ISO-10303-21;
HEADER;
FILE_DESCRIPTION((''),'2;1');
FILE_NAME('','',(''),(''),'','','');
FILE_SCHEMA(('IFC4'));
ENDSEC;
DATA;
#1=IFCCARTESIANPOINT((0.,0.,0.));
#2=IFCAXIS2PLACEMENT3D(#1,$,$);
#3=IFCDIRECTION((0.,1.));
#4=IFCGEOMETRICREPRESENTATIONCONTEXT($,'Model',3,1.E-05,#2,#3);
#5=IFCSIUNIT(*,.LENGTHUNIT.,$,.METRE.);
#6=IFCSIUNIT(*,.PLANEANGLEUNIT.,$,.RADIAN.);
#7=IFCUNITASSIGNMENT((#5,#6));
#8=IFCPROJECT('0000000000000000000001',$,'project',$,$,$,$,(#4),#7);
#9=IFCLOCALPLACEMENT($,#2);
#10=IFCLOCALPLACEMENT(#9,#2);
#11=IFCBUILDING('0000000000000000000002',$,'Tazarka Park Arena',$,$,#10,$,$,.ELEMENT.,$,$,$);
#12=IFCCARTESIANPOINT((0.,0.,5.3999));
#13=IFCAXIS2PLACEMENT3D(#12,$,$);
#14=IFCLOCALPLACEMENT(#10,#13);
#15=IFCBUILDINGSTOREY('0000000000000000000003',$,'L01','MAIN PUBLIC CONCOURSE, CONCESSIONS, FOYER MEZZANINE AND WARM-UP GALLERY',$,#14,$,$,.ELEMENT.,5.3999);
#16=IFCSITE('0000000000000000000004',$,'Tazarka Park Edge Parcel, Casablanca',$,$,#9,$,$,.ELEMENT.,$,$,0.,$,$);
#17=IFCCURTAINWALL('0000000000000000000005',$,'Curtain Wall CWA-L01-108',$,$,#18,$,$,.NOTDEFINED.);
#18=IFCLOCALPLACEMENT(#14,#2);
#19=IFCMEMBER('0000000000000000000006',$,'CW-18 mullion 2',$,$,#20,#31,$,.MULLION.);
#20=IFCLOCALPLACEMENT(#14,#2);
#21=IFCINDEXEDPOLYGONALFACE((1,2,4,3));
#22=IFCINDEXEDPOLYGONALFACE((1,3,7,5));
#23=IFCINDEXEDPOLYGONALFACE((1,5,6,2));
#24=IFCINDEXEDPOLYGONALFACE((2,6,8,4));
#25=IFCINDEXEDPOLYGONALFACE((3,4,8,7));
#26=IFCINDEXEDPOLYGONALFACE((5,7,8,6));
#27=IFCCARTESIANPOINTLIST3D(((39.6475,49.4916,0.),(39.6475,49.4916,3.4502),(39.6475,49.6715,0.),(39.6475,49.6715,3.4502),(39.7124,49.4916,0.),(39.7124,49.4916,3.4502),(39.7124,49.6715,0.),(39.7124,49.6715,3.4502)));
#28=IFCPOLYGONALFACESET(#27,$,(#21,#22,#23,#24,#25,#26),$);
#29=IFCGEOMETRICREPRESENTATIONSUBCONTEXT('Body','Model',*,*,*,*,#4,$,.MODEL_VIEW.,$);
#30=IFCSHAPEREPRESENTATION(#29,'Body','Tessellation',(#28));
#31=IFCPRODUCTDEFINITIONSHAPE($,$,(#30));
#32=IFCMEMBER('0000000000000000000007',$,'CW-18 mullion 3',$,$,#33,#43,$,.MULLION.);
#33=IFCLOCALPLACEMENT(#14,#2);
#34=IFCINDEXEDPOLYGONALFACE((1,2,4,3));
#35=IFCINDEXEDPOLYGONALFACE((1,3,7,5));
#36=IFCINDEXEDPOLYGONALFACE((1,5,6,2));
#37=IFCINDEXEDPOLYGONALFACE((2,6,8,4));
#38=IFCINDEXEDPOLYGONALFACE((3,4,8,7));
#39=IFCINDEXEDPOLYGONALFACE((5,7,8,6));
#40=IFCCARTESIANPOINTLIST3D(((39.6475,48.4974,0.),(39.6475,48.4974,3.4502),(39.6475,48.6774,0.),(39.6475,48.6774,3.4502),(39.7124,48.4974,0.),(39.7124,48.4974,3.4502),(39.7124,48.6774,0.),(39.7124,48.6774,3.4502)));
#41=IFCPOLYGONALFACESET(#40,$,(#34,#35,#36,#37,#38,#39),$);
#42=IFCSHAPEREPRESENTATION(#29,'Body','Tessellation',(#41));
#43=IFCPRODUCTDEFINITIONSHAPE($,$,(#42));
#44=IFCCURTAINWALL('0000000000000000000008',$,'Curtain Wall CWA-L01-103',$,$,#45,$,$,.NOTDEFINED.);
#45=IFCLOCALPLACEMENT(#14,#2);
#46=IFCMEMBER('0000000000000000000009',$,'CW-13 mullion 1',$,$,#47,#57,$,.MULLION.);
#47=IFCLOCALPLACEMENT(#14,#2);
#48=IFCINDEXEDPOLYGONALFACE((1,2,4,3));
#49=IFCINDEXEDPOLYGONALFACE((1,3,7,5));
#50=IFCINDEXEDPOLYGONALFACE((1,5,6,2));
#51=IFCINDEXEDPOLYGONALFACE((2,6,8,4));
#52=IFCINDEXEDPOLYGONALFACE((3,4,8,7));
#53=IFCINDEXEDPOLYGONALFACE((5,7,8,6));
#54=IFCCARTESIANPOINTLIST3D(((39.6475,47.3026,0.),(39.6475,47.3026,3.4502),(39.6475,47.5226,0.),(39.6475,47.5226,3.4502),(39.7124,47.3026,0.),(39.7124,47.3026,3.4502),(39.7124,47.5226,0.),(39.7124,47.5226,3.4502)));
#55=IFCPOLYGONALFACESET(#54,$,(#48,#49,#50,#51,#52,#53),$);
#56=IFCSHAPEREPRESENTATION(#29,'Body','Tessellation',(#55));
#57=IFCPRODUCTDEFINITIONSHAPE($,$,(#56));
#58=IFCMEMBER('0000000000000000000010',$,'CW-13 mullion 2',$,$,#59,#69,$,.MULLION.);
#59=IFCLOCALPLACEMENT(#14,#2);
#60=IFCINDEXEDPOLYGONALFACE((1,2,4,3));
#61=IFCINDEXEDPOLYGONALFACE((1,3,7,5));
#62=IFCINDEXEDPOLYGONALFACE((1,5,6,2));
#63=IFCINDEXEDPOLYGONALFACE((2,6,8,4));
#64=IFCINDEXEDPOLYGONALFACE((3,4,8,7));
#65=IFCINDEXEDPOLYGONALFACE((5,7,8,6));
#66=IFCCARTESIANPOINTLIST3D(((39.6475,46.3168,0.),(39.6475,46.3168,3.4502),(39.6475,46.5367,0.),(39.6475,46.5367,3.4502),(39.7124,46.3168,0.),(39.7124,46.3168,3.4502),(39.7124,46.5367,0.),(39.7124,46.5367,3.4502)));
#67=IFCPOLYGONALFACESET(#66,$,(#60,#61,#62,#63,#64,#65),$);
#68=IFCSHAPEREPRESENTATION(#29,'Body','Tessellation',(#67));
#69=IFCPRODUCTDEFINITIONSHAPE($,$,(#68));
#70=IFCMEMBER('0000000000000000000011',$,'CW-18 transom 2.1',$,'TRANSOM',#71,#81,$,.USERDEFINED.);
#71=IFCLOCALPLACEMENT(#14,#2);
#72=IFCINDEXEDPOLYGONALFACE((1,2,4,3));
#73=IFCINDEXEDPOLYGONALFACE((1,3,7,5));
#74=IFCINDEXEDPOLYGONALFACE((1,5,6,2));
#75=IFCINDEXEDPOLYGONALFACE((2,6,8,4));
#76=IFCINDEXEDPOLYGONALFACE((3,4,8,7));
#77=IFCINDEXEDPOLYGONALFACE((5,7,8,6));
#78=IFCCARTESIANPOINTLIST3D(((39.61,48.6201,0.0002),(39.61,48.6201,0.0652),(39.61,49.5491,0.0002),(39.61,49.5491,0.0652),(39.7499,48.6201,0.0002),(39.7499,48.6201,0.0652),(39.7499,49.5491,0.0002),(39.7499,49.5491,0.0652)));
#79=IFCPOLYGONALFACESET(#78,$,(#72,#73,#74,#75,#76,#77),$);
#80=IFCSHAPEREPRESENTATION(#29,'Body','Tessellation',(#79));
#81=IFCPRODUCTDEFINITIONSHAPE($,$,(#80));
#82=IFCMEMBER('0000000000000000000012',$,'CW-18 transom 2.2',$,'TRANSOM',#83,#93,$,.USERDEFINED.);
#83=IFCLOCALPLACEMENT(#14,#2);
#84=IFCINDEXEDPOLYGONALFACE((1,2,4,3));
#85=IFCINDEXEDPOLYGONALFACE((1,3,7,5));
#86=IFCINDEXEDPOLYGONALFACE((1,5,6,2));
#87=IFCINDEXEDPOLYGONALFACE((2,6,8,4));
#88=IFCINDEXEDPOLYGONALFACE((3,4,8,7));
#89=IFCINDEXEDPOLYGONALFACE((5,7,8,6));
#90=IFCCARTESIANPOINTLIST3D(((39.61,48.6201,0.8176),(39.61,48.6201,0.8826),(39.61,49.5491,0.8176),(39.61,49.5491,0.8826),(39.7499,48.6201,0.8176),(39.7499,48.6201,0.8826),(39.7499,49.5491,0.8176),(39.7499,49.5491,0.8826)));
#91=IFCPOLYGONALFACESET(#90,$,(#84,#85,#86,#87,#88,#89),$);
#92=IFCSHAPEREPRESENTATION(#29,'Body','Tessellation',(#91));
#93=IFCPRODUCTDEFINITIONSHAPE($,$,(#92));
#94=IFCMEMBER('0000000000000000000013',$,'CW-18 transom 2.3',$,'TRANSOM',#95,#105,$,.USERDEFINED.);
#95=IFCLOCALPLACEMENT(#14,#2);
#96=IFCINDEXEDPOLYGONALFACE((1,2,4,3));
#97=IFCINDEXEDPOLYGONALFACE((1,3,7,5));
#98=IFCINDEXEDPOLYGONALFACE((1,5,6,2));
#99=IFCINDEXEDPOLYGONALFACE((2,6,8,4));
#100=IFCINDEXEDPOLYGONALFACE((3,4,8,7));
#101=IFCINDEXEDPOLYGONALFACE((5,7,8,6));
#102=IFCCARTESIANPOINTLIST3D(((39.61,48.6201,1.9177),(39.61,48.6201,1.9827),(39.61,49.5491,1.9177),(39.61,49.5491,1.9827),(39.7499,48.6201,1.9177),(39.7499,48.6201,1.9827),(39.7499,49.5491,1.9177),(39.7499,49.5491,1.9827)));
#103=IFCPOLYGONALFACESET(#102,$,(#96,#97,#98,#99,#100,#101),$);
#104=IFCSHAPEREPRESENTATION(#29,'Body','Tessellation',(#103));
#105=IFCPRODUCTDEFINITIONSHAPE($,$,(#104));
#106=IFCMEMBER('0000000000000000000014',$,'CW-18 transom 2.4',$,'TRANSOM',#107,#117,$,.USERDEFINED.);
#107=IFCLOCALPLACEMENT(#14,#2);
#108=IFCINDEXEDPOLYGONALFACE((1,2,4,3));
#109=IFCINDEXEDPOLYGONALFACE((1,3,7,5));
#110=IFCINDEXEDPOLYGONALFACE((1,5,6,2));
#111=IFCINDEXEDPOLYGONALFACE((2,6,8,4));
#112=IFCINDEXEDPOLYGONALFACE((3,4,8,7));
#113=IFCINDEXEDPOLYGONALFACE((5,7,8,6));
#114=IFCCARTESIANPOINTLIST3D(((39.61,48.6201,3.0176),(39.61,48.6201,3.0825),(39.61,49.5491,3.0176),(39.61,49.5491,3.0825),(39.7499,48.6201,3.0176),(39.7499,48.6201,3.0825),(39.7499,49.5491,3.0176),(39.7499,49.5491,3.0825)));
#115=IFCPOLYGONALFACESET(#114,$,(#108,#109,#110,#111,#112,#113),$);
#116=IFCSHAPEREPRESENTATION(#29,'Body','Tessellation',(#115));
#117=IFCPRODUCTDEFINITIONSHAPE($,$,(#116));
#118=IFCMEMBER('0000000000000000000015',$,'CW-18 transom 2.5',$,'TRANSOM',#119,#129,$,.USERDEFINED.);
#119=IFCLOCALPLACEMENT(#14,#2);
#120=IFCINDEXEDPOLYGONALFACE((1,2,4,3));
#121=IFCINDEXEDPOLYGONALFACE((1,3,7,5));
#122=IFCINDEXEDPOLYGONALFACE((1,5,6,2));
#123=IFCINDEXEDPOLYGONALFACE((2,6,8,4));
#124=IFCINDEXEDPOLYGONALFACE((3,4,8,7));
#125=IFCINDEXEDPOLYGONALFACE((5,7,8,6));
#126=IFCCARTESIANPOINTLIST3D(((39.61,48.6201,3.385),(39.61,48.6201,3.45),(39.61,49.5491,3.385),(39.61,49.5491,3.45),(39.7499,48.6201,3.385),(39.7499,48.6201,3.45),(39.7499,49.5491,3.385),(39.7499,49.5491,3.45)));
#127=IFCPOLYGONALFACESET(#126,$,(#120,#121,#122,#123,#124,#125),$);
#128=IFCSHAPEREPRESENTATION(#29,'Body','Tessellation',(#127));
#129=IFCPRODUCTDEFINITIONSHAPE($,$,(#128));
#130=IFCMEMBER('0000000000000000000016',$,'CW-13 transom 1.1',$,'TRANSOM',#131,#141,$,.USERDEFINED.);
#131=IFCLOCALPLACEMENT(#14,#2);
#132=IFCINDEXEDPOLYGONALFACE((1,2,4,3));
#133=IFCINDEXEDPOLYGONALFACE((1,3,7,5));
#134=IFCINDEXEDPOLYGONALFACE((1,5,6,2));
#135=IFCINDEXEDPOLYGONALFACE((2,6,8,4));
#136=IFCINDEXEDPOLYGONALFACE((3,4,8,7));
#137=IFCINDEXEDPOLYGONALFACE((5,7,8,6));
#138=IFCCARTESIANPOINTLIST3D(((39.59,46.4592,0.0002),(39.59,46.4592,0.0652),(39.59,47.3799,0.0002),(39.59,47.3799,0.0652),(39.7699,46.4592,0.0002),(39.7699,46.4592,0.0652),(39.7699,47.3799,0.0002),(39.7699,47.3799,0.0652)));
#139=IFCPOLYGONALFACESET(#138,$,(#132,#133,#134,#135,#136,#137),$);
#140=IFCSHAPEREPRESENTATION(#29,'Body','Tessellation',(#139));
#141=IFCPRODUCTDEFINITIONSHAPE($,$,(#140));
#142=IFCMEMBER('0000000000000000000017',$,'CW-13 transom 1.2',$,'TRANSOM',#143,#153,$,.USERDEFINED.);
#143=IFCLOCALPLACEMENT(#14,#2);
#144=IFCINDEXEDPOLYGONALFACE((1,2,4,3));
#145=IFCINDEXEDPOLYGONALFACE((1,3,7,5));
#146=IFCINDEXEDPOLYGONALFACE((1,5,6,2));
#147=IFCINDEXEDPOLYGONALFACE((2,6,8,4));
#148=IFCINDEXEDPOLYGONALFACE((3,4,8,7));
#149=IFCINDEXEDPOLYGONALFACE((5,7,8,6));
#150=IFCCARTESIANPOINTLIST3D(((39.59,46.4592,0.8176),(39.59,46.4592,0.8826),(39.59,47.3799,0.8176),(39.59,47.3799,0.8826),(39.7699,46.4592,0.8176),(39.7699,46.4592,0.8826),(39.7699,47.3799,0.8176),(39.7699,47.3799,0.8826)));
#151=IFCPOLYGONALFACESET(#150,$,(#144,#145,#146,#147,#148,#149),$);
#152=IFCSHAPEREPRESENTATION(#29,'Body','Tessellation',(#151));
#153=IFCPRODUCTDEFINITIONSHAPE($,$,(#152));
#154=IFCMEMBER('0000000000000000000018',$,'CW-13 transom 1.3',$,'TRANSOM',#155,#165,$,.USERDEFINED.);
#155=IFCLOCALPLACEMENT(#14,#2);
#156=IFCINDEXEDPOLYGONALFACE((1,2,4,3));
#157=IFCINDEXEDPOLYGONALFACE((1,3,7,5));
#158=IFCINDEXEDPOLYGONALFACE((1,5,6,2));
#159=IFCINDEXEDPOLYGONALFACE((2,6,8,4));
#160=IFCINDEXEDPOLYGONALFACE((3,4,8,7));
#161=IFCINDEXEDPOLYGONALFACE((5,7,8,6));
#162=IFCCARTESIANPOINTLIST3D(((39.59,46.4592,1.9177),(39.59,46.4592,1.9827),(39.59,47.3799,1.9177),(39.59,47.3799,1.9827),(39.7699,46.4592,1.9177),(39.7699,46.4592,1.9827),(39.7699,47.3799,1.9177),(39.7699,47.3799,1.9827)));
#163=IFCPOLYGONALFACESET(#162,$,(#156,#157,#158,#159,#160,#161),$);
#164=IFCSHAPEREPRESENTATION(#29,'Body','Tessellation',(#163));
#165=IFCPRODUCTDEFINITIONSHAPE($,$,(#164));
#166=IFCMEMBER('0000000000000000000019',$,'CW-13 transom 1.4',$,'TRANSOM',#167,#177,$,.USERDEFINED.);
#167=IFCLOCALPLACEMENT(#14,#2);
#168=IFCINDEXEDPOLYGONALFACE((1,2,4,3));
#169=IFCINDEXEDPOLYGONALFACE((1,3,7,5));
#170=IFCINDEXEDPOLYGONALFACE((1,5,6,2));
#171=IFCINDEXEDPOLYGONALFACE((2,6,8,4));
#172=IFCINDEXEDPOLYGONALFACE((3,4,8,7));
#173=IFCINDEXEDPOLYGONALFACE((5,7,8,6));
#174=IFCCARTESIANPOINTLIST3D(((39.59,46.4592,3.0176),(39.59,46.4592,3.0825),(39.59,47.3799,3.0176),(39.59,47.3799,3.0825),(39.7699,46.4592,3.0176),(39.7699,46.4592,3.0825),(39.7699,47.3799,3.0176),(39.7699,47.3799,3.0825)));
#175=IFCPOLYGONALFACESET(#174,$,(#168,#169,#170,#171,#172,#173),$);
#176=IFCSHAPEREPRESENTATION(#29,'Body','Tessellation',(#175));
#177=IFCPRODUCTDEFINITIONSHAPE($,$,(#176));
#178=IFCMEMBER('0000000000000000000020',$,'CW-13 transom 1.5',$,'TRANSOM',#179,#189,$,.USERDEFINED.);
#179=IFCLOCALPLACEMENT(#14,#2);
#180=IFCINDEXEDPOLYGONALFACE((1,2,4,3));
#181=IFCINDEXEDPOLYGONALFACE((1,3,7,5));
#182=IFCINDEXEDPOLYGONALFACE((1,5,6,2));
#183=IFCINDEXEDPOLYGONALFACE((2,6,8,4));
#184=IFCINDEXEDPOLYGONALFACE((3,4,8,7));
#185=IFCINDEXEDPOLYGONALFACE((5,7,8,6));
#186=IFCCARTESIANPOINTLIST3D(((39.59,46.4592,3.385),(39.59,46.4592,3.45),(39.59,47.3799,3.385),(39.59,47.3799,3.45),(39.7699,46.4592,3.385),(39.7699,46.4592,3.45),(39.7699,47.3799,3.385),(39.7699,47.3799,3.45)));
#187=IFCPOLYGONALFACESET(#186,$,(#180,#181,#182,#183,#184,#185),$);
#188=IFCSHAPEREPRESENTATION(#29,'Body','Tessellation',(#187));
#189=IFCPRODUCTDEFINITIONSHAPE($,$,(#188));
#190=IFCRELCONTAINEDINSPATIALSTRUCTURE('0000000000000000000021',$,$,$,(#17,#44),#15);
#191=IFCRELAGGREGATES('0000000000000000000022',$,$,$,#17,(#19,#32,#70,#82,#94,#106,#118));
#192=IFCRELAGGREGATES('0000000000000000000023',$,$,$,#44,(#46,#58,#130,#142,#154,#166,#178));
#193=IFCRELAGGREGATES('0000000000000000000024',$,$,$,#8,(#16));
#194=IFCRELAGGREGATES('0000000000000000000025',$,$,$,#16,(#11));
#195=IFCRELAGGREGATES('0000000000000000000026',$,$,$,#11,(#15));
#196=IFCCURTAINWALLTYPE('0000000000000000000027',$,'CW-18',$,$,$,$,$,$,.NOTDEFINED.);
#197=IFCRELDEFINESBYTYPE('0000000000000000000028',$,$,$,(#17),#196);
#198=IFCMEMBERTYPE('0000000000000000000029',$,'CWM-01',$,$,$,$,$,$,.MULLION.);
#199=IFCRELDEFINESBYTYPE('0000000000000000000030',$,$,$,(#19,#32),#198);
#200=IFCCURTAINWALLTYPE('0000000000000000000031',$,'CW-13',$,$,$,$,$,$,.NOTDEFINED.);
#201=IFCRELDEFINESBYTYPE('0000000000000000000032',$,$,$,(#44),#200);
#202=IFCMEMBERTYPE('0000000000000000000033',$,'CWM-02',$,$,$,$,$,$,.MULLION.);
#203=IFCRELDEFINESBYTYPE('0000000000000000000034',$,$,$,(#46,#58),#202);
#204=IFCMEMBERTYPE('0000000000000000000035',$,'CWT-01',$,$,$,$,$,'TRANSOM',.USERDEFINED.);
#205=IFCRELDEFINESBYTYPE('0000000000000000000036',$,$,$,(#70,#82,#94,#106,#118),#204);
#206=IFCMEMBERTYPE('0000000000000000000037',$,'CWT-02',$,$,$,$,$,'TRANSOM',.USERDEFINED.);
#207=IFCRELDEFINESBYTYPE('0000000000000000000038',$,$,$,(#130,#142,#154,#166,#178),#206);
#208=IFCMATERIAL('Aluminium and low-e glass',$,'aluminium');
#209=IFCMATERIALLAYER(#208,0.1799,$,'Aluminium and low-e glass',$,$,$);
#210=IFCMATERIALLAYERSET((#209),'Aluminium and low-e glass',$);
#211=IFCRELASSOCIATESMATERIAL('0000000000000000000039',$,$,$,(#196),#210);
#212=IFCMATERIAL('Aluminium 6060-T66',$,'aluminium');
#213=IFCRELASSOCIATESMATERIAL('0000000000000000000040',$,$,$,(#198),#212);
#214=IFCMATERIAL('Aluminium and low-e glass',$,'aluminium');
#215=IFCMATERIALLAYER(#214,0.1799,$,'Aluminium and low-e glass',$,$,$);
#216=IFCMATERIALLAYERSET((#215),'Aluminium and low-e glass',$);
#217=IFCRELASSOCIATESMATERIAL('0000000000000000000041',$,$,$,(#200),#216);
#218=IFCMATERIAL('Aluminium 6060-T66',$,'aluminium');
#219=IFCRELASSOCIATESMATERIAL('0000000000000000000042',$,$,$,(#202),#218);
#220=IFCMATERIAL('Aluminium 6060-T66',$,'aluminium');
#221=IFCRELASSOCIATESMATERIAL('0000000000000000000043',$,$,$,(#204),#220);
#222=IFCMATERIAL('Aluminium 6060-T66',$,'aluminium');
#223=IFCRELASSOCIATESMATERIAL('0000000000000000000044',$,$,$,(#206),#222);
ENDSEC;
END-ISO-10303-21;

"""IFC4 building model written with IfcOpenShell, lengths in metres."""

from ifc_helpers import new_model, si_unit, direction, frame, origin, origin_2d, place, context, subcontext, project, spatial, rectangle, extrude, material, layer, layer_set, material_profile, profile_set, type_object, element, aggregate, save


model = new_model("IFC4")

# Units and contexts
model_context = context("Model", 3, precision=1e-05, world=origin(), true_north=direction((0.0, 1.0)))
body_context = subcontext(model_context, "Body", "Model", "MODEL_VIEW")
ifc_project = project(units=[si_unit("LENGTHUNIT", "METRE"), si_unit("PLANEANGLEUNIT", "RADIAN")], contexts=[model_context])

# Site, building, storey
site_placement = place(None, origin())
site = spatial("IfcSite", under=ifc_project, at=site_placement, Name="Tazarka Park Edge Parcel, Casablanca", CompositionType="ELEMENT", RefElevation=0.0)
building_placement = place(site_placement, origin())
building = spatial("IfcBuilding", under=site, at=building_placement, Name="Tazarka Park Arena", CompositionType="ELEMENT")
storey_placement = place(building_placement, frame((0.0, 0.0, 5.3999)))
storey = spatial("IfcBuildingStorey", under=building, at=storey_placement, Name="L01", Description="MAIN PUBLIC CONCOURSE, CONCESSIONS, FOYER MEZZANINE AND WARM-UP GALLERY", CompositionType="ELEMENT", Elevation=5.3999)

# Curtain walls, members
ifc_material_1 = material(Name="Aluminium and low-e glass", Category="aluminium")
ifc_layer_1 = layer(ifc_material_1, 0.1799, Name="Aluminium and low-e glass")
ifc_layer_set_1 = layer_set([ifc_layer_1], Name="Aluminium and low-e glass")
curtain_wall_type_1 = type_object("IfcCurtainWallType", Name="CW-18", PredefinedType="NOTDEFINED", material=ifc_layer_set_1)
curtain_wall_1_placement = place(storey_placement, origin())
curtain_wall_1 = element("IfcCurtainWall", 1, at=curtain_wall_1_placement, inside=storey, type_object=curtain_wall_type_1, Name="Curtain Wall CWA-L01-108", PredefinedType="NOTDEFINED")
ifc_material_2 = material(Name="Aluminium 6060-T66", Category="aluminium")
ifc_material_profile_1 = material_profile(ifc_material_2, rectangle(XDim=0.0649, YDim=0.1799, at=origin_2d()), Name="Aluminium 6060-T66")
ifc_profile_set_1 = profile_set([ifc_material_profile_1], Name="Aluminium 6060-T66")
member_type_1 = type_object("IfcMemberType", Name="CWM-01", PredefinedType="MULLION", material=ifc_profile_set_1)
member_1_placement = place(storey_placement, frame((39.6799, 49.5815, 0.0), z_axis=(0.0, 0.0, 1.0), x_axis=(1.0, 0.0, 0.0)))
member_1 = element("IfcMember", 2, at=member_1_placement, type_object=member_type_1, Name="CW-18 mullion 2", PredefinedType="MULLION", context=body_context, shape_type="SweptSolid", body=[
    extrude(rectangle(XDim=0.0649, YDim=0.1799, at=origin_2d()), origin(), (0.0, 0.0, 1.0), 3.4502),
])
member_2_placement = place(storey_placement, frame((39.6799, 48.5874, 0.0), z_axis=(0.0, 0.0, 1.0), x_axis=(1.0, 0.0, 0.0)))
member_2 = element("IfcMember", 3, at=member_2_placement, type_object=member_type_1, Name="CW-18 mullion 3", PredefinedType="MULLION", context=body_context, shape_type="SweptSolid", body=[
    extrude(rectangle(XDim=0.0649, YDim=0.1799, at=origin_2d()), origin(), (0.0, 0.0, 1.0), 3.4502),
])
ifc_material_3 = material(Name="Aluminium and low-e glass", Category="aluminium")
ifc_layer_2 = layer(ifc_material_3, 0.1799, Name="Aluminium and low-e glass")
ifc_layer_set_2 = layer_set([ifc_layer_2], Name="Aluminium and low-e glass")
curtain_wall_type_2 = type_object("IfcCurtainWallType", Name="CW-13", PredefinedType="NOTDEFINED", material=ifc_layer_set_2)
curtain_wall_2_placement = place(storey_placement, origin())
curtain_wall_2 = element("IfcCurtainWall", 4, at=curtain_wall_2_placement, inside=storey, type_object=curtain_wall_type_2, Name="Curtain Wall CWA-L01-103", PredefinedType="NOTDEFINED")
ifc_material_4 = material(Name="Aluminium 6060-T66", Category="aluminium")
ifc_material_profile_2 = material_profile(ifc_material_4, rectangle(XDim=0.0649, YDim=0.22, at=origin_2d()), Name="Aluminium 6060-T66")
ifc_profile_set_2 = profile_set([ifc_material_profile_2], Name="Aluminium 6060-T66")
member_type_2 = type_object("IfcMemberType", Name="CWM-02", PredefinedType="MULLION", material=ifc_profile_set_2)
member_3_placement = place(storey_placement, frame((39.6799, 47.4126, 0.0), z_axis=(0.0, 0.0, 1.0), x_axis=(1.0, 0.0, 0.0)))
member_3 = element("IfcMember", 5, at=member_3_placement, type_object=member_type_2, Name="CW-13 mullion 1", PredefinedType="MULLION", context=body_context, shape_type="SweptSolid", body=[
    extrude(rectangle(XDim=0.0649, YDim=0.22, at=origin_2d()), origin(), (0.0, 0.0, 1.0), 3.4502),
])
member_4_placement = place(storey_placement, frame((39.6799, 46.4268, 0.0), z_axis=(0.0, 0.0, 1.0), x_axis=(1.0, 0.0, 0.0)))
member_4 = element("IfcMember", 6, at=member_4_placement, type_object=member_type_2, Name="CW-13 mullion 2", PredefinedType="MULLION", context=body_context, shape_type="SweptSolid", body=[
    extrude(rectangle(XDim=0.0649, YDim=0.22, at=origin_2d()), origin(), (0.0, 0.0, 1.0), 3.4502),
])

# Members
ifc_material_5 = material(Name="Aluminium 6060-T66", Category="aluminium")
ifc_material_profile_3 = material_profile(ifc_material_5, rectangle(XDim=0.1399, YDim=0.0649, at=origin_2d()), Name="Aluminium 6060-T66")
ifc_profile_set_3 = profile_set([ifc_material_profile_3], Name="Aluminium 6060-T66")
member_type_3 = type_object("IfcMemberType", Name="CWT-01", ElementType="TRANSOM", PredefinedType="USERDEFINED", material=ifc_profile_set_3)
member_5_placement = place(storey_placement, frame((39.6799, 49.5491, 0.0327), z_axis=(0.0, -1.0, 0.0), x_axis=(1.0, 0.0, 0.0)))
member_5 = element("IfcMember", 7, at=member_5_placement, type_object=member_type_3, Name="CW-18 transom 2.1", ObjectType="TRANSOM", PredefinedType="USERDEFINED", context=body_context, shape_type="SweptSolid", body=[
    extrude(rectangle(XDim=0.1399, YDim=0.0649, at=origin_2d()), origin(), (0.0, 0.0, 1.0), 0.929),
])
member_6_placement = place(storey_placement, frame((39.6799, 49.5491, 0.8501), z_axis=(0.0, -1.0, 0.0), x_axis=(1.0, 0.0, 0.0)))
member_6 = element("IfcMember", 8, at=member_6_placement, type_object=member_type_3, Name="CW-18 transom 2.2", ObjectType="TRANSOM", PredefinedType="USERDEFINED", context=body_context, shape_type="SweptSolid", body=[
    extrude(rectangle(XDim=0.1399, YDim=0.0649, at=origin_2d()), origin(), (0.0, 0.0, 1.0), 0.929),
])
member_7_placement = place(storey_placement, frame((39.6799, 49.5491, 1.9502), z_axis=(0.0, -1.0, 0.0), x_axis=(1.0, 0.0, 0.0)))
member_7 = element("IfcMember", 9, at=member_7_placement, type_object=member_type_3, Name="CW-18 transom 2.3", ObjectType="TRANSOM", PredefinedType="USERDEFINED", context=body_context, shape_type="SweptSolid", body=[
    extrude(rectangle(XDim=0.1399, YDim=0.0649, at=origin_2d()), origin(), (0.0, 0.0, 1.0), 0.929),
])
member_8_placement = place(storey_placement, frame((39.6799, 49.5491, 3.05), z_axis=(0.0, -1.0, 0.0), x_axis=(1.0, 0.0, 0.0)))
member_8 = element("IfcMember", 10, at=member_8_placement, type_object=member_type_3, Name="CW-18 transom 2.4", ObjectType="TRANSOM", PredefinedType="USERDEFINED", context=body_context, shape_type="SweptSolid", body=[
    extrude(rectangle(XDim=0.1399, YDim=0.0649, at=origin_2d()), origin(), (0.0, 0.0, 1.0), 0.929),
])
member_9_placement = place(storey_placement, frame((39.6799, 49.5491, 3.4175), z_axis=(0.0, -1.0, 0.0), x_axis=(1.0, 0.0, 0.0)))
member_9 = element("IfcMember", 11, at=member_9_placement, type_object=member_type_3, Name="CW-18 transom 2.5", ObjectType="TRANSOM", PredefinedType="USERDEFINED", context=body_context, shape_type="SweptSolid", body=[
    extrude(rectangle(XDim=0.1399, YDim=0.0649, at=origin_2d()), origin(), (0.0, 0.0, 1.0), 0.929),
])
ifc_material_6 = material(Name="Aluminium 6060-T66", Category="aluminium")
ifc_material_profile_4 = material_profile(ifc_material_6, rectangle(XDim=0.1799, YDim=0.0649, at=origin_2d()), Name="Aluminium 6060-T66")
ifc_profile_set_4 = profile_set([ifc_material_profile_4], Name="Aluminium 6060-T66")
member_type_4 = type_object("IfcMemberType", Name="CWT-02", ElementType="TRANSOM", PredefinedType="USERDEFINED", material=ifc_profile_set_4)
member_10_placement = place(storey_placement, frame((39.6799, 47.3799, 0.0327), z_axis=(0.0, -1.0, 0.0), x_axis=(1.0, 0.0, 0.0)))
member_10 = element("IfcMember", 12, at=member_10_placement, type_object=member_type_4, Name="CW-13 transom 1.1", ObjectType="TRANSOM", PredefinedType="USERDEFINED", context=body_context, shape_type="SweptSolid", body=[
    extrude(rectangle(XDim=0.1799, YDim=0.0649, at=origin_2d()), origin(), (0.0, 0.0, 1.0), 0.9207),
])
member_11_placement = place(storey_placement, frame((39.6799, 47.3799, 0.8501), z_axis=(0.0, -1.0, 0.0), x_axis=(1.0, 0.0, 0.0)))
member_11 = element("IfcMember", 13, at=member_11_placement, type_object=member_type_4, Name="CW-13 transom 1.2", ObjectType="TRANSOM", PredefinedType="USERDEFINED", context=body_context, shape_type="SweptSolid", body=[
    extrude(rectangle(XDim=0.1799, YDim=0.0649, at=origin_2d()), origin(), (0.0, 0.0, 1.0), 0.9207),
])
member_12_placement = place(storey_placement, frame((39.6799, 47.3799, 1.9502), z_axis=(0.0, -1.0, 0.0), x_axis=(1.0, 0.0, 0.0)))
member_12 = element("IfcMember", 14, at=member_12_placement, type_object=member_type_4, Name="CW-13 transom 1.3", ObjectType="TRANSOM", PredefinedType="USERDEFINED", context=body_context, shape_type="SweptSolid", body=[
    extrude(rectangle(XDim=0.1799, YDim=0.0649, at=origin_2d()), origin(), (0.0, 0.0, 1.0), 0.9207),
])
member_13_placement = place(storey_placement, frame((39.6799, 47.3799, 3.05), z_axis=(0.0, -1.0, 0.0), x_axis=(1.0, 0.0, 0.0)))
member_13 = element("IfcMember", 15, at=member_13_placement, type_object=member_type_4, Name="CW-13 transom 1.4", ObjectType="TRANSOM", PredefinedType="USERDEFINED", context=body_context, shape_type="SweptSolid", body=[
    extrude(rectangle(XDim=0.1799, YDim=0.0649, at=origin_2d()), origin(), (0.0, 0.0, 1.0), 0.9207),
])
member_14_placement = place(storey_placement, frame((39.6799, 47.3799, 3.4175), z_axis=(0.0, -1.0, 0.0), x_axis=(1.0, 0.0, 0.0)))
member_14 = element("IfcMember", 16, at=member_14_placement, type_object=member_type_4, Name="CW-13 transom 1.5", ObjectType="TRANSOM", PredefinedType="USERDEFINED", context=body_context, shape_type="SweptSolid", body=[
    extrude(rectangle(XDim=0.1799, YDim=0.0649, at=origin_2d()), origin(), (0.0, 0.0, 1.0), 0.9207),
])

aggregate(curtain_wall_1, [member_1, member_2, member_5, member_6, member_7, member_8, member_9])
aggregate(curtain_wall_2, [member_3, member_4, member_10, member_11, member_12, member_13, member_14])

save(model, "model.ifc")
